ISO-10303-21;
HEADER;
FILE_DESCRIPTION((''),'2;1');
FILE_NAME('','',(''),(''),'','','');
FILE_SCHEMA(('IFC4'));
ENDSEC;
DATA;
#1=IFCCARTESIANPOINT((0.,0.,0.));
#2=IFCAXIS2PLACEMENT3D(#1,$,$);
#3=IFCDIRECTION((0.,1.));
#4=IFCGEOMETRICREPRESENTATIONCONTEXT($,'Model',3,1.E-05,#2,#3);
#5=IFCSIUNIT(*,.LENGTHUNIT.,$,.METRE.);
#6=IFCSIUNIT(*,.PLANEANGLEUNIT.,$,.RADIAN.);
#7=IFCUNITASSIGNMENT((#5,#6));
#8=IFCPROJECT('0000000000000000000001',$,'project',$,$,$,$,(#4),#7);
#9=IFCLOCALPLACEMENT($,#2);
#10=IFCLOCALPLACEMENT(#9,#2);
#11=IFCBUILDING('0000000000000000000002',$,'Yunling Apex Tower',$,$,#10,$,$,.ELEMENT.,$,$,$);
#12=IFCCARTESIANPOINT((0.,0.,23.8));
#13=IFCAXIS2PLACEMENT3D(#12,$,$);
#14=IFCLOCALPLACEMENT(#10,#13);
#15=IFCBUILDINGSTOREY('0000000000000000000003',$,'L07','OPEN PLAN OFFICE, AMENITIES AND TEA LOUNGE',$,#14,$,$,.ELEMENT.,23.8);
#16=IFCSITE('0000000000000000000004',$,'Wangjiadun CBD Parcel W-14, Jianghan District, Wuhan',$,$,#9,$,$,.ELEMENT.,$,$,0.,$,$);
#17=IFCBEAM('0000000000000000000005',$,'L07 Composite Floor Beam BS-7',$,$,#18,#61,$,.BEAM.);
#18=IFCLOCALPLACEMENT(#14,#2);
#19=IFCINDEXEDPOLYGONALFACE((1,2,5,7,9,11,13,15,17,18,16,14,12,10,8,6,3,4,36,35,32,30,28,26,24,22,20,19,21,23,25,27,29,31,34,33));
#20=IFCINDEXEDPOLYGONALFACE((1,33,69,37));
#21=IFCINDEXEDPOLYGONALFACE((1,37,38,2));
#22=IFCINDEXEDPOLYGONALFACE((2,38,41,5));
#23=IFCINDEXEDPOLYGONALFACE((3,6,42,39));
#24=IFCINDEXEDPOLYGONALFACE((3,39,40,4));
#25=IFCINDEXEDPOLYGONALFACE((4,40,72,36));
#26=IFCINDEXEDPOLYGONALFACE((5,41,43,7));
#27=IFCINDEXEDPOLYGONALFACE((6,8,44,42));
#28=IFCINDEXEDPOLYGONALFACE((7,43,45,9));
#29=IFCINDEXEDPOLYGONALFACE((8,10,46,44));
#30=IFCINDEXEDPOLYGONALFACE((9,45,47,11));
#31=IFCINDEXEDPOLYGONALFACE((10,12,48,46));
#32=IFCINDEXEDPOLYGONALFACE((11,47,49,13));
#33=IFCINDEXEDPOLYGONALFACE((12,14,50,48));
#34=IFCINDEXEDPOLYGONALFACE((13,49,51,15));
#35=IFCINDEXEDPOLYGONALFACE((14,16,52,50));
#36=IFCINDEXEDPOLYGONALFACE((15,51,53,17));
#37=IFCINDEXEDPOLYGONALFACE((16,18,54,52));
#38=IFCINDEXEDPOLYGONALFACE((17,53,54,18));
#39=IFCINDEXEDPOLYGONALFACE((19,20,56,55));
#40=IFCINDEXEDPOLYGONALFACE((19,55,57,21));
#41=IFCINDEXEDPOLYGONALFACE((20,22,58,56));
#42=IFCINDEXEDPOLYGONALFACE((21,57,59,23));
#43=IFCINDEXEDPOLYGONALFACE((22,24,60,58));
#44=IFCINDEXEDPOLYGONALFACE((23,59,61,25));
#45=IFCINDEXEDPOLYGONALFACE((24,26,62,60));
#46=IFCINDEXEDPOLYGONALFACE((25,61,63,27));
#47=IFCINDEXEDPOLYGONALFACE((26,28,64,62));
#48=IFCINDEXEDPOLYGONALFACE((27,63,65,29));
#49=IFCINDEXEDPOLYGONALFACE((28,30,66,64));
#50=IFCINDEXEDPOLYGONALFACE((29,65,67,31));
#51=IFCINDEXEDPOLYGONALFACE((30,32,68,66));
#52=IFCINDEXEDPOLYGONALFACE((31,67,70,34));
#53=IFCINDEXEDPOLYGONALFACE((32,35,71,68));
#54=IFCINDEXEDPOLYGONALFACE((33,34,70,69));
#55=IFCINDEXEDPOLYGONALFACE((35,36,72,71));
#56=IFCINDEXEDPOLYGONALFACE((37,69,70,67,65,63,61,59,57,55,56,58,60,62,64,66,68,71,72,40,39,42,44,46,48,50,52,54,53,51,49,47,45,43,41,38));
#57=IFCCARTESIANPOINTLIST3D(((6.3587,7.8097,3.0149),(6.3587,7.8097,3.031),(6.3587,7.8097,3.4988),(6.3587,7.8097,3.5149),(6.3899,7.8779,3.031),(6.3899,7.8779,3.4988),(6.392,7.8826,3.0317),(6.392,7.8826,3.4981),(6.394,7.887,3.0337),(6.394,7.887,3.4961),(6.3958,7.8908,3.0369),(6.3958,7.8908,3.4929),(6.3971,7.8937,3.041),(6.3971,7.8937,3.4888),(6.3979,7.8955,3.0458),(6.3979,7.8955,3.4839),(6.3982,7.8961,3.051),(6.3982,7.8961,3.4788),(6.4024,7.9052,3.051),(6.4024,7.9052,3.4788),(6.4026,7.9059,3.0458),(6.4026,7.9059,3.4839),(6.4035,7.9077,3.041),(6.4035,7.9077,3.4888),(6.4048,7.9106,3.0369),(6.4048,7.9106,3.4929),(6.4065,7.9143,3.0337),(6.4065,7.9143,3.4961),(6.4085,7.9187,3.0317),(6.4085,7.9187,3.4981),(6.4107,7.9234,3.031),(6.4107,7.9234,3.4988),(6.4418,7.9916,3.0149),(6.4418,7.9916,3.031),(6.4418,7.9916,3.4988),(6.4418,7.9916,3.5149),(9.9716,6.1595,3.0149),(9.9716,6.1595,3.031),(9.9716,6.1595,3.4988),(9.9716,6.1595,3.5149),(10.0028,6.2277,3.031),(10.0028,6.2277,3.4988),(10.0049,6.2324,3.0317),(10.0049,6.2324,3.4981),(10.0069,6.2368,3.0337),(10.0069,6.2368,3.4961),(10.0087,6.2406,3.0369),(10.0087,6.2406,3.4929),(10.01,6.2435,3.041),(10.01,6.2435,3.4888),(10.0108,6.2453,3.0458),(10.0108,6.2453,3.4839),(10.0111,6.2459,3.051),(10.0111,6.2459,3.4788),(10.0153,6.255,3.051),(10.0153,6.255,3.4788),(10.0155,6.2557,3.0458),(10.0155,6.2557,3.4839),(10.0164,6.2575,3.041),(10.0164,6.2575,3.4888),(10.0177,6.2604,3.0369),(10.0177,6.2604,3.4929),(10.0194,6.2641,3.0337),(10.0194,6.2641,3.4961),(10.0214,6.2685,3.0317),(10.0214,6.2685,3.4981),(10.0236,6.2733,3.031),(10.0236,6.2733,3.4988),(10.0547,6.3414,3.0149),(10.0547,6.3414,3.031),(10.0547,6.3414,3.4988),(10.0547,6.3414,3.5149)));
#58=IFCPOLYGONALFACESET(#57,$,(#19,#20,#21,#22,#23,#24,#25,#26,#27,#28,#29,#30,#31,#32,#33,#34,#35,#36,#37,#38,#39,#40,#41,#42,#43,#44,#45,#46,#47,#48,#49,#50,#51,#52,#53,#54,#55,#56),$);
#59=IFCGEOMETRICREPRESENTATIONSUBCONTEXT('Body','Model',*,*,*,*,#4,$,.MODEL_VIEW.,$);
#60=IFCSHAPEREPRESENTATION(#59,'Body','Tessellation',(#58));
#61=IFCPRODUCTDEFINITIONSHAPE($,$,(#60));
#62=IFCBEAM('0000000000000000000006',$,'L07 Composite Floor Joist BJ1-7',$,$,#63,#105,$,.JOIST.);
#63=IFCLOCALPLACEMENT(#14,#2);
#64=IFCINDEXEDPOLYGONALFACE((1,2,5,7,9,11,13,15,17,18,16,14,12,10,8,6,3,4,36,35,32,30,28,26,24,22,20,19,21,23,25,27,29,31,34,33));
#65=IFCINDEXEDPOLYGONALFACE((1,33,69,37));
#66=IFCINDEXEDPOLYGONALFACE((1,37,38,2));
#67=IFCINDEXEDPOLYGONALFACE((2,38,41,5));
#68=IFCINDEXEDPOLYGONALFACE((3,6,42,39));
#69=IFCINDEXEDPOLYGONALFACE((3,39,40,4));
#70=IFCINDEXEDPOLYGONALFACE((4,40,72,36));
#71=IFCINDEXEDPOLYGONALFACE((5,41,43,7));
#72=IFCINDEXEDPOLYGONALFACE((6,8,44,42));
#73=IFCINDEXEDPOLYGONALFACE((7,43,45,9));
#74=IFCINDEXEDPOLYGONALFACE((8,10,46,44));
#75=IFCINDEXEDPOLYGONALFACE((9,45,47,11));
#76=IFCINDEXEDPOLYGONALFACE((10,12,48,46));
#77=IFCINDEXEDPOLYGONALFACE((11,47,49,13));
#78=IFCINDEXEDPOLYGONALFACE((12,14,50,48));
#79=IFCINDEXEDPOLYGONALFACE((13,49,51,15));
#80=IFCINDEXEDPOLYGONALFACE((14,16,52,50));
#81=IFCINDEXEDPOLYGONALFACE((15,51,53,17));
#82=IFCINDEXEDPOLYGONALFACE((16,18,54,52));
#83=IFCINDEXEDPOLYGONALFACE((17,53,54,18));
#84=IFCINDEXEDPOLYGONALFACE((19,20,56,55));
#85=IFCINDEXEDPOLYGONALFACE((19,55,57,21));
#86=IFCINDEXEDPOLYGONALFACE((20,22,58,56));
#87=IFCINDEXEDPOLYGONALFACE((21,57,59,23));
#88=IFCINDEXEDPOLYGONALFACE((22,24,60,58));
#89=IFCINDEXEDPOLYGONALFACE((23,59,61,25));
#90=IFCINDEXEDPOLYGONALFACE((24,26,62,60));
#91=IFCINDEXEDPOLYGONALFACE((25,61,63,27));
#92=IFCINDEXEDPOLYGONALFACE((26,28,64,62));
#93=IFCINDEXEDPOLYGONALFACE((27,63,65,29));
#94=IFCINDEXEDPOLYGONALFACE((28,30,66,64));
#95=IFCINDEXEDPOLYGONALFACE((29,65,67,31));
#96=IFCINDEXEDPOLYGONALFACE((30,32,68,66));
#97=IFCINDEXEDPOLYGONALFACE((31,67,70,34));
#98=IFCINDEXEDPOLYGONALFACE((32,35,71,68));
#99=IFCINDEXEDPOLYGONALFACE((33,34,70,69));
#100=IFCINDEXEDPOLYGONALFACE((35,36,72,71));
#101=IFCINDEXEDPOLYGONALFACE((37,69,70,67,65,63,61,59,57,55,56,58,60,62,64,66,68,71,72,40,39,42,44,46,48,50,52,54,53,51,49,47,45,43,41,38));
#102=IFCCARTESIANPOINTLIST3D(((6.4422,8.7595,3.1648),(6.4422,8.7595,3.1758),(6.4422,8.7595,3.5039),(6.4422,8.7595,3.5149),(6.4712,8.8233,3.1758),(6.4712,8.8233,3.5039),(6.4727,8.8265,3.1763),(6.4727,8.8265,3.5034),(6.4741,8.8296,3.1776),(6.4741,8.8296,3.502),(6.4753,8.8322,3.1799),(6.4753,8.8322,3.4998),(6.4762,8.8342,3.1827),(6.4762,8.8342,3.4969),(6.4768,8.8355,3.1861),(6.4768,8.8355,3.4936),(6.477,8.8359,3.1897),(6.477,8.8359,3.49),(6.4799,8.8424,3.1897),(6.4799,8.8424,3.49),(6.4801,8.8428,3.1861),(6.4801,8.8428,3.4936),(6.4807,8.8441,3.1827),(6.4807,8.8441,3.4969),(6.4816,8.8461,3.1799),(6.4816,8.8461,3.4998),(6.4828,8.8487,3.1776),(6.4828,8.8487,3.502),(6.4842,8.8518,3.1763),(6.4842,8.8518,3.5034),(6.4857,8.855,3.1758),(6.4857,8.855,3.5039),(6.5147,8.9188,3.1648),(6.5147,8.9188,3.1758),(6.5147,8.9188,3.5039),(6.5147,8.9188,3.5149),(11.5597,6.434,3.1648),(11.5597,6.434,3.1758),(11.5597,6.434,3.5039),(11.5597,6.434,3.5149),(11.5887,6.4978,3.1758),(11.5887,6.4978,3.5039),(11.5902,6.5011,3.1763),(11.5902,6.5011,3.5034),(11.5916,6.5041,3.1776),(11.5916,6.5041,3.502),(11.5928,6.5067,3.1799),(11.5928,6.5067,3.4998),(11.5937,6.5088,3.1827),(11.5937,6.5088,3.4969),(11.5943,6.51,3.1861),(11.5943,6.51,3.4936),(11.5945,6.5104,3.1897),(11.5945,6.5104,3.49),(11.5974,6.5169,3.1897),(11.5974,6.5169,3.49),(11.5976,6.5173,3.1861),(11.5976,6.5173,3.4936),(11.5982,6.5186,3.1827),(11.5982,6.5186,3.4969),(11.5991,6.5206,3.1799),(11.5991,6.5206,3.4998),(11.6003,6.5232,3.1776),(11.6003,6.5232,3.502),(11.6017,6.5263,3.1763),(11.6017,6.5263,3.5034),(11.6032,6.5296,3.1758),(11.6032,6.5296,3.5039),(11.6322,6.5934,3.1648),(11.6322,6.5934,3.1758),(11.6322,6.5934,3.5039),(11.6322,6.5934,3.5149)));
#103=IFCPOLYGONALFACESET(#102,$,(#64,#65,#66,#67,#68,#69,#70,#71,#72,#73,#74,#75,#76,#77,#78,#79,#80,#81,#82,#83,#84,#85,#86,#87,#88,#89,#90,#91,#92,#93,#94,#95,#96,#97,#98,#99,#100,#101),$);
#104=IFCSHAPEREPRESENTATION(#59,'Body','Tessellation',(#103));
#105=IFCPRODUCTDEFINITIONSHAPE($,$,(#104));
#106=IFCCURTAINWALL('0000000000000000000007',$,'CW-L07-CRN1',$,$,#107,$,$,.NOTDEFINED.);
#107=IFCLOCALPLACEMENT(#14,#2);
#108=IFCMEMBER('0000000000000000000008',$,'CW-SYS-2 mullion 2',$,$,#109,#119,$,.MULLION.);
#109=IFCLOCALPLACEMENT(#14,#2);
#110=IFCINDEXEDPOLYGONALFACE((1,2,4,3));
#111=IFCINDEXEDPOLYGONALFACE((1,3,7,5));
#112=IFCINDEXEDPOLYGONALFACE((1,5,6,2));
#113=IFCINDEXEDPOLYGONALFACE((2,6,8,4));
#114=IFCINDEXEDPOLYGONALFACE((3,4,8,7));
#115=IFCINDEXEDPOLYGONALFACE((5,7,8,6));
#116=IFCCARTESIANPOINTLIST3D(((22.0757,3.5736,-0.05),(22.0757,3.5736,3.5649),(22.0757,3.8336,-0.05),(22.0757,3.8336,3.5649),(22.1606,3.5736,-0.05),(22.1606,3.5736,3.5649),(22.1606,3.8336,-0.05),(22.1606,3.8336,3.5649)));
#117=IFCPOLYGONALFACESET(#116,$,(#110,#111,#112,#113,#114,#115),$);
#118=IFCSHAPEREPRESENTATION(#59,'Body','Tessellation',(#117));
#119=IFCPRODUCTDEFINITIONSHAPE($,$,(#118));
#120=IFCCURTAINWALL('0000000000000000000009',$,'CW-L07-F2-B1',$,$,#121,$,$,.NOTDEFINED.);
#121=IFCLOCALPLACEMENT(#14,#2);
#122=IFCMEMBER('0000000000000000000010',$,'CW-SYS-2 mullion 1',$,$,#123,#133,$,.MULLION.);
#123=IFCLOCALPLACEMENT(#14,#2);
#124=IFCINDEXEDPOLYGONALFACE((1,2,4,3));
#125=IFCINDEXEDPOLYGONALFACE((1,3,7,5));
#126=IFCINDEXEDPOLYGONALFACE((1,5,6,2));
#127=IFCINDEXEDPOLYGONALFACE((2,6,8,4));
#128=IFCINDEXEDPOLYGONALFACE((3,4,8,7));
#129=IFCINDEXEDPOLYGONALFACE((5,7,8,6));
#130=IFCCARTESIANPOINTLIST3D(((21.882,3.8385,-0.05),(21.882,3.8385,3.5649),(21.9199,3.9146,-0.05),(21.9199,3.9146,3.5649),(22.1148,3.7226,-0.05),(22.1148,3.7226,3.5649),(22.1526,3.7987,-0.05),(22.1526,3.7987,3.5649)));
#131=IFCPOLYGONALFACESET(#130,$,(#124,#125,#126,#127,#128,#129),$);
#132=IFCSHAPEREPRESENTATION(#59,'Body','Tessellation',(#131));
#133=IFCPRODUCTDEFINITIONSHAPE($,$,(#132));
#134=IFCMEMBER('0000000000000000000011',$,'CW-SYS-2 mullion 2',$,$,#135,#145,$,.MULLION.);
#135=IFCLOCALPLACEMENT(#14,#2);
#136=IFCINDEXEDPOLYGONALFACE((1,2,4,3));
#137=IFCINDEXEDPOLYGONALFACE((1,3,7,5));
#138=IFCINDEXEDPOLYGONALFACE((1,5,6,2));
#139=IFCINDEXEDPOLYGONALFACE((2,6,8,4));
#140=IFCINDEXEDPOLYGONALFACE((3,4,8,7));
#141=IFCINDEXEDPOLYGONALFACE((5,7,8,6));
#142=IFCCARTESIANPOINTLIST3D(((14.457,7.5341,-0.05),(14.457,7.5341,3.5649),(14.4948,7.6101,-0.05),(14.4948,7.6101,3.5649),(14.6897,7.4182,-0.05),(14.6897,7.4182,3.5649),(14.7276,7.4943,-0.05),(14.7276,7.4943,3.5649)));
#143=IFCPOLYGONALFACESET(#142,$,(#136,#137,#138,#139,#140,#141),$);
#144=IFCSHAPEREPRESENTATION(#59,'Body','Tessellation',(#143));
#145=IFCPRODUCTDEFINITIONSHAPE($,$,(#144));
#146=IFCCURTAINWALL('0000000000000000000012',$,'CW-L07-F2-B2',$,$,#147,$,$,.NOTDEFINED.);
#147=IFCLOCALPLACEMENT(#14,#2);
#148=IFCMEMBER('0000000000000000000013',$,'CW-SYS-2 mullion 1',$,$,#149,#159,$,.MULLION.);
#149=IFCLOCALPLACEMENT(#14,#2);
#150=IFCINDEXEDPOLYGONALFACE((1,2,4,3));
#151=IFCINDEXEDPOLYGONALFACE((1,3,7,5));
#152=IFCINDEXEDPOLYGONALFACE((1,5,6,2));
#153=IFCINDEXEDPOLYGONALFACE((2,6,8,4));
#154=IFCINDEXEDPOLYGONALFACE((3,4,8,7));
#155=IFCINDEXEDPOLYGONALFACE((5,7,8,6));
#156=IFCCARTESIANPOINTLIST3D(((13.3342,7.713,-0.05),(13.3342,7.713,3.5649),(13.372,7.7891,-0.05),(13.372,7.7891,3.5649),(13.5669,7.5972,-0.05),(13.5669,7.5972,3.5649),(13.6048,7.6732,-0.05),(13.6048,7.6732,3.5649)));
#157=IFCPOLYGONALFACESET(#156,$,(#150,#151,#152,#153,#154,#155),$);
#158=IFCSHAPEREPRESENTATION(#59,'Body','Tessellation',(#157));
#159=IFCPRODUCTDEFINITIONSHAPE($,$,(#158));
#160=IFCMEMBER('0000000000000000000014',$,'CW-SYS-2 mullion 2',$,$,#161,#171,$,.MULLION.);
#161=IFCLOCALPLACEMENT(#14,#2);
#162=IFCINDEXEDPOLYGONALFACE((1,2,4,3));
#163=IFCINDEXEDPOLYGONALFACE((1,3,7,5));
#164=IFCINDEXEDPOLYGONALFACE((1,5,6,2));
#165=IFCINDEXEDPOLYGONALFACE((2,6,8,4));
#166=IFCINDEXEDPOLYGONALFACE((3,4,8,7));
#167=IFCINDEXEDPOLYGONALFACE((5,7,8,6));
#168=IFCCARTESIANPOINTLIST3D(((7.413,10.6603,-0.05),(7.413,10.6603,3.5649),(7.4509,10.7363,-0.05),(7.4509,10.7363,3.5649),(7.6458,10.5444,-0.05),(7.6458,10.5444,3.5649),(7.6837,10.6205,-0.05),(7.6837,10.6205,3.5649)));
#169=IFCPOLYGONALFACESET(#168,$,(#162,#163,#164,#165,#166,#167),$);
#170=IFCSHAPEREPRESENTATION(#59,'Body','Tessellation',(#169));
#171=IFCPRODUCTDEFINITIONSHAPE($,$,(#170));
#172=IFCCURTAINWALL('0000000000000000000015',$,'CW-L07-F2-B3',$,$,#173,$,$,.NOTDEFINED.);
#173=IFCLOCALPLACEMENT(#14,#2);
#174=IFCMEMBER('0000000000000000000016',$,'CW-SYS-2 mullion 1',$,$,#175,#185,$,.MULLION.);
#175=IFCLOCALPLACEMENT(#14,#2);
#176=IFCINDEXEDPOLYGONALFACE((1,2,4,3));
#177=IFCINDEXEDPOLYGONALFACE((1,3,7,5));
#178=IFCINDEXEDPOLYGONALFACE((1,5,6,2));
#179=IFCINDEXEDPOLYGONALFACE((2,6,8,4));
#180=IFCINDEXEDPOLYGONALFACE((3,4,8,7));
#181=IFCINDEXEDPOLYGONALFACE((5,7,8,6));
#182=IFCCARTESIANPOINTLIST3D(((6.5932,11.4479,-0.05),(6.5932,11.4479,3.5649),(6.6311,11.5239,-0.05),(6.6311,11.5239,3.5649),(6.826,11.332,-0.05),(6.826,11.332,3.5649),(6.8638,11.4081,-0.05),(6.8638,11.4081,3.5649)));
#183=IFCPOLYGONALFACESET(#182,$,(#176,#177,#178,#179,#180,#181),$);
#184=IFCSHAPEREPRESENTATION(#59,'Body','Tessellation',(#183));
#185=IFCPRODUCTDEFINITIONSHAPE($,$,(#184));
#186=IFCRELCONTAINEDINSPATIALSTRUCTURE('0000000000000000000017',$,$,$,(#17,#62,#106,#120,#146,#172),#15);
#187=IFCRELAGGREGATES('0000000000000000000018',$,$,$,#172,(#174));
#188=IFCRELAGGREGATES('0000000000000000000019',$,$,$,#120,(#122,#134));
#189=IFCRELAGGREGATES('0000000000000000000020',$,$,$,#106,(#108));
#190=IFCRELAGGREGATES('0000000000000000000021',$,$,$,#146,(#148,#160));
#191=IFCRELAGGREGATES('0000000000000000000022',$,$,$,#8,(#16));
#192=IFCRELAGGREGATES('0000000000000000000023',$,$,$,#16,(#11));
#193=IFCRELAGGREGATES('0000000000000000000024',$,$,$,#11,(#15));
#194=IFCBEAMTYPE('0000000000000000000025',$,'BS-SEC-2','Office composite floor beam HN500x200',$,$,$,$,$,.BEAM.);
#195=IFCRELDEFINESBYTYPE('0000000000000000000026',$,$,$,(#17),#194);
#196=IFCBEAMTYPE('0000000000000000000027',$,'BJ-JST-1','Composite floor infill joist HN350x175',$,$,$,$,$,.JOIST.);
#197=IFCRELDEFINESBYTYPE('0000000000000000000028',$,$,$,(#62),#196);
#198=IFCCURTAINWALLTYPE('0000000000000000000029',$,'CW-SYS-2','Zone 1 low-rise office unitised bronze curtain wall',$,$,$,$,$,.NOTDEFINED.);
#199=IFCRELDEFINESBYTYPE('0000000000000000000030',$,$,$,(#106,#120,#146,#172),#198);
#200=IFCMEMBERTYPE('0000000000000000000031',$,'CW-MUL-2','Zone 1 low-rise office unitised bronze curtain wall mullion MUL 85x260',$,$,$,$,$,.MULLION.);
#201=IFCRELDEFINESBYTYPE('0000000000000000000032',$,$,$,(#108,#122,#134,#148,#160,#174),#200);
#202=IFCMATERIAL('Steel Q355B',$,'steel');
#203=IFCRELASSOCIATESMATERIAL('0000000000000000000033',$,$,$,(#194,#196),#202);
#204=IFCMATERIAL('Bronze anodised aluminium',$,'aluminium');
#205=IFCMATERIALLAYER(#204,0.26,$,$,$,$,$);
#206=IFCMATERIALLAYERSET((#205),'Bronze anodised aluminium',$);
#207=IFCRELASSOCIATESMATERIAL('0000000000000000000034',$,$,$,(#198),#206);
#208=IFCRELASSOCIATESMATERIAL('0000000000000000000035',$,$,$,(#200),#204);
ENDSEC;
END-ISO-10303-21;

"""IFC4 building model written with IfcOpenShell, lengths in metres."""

from ifc_helpers import new_model, si_unit, direction, frame, origin, origin_2d, place, context, subcontext, project, spatial, rectangle, i_section, extrude, source, transform, mapped, material, layer, layer_set, material_profile, profile_set, type_object, element, aggregate, save


model = new_model("IFC4")

# Units and contexts
model_context = context("Model", 3, precision=1e-05, world=origin(), true_north=direction((0.0, 1.0)))
body_context = subcontext(model_context, "Body", "Model", "MODEL_VIEW")
ifc_project = project(units=[si_unit("LENGTHUNIT", "METRE"), si_unit("PLANEANGLEUNIT", "RADIAN")], contexts=[model_context])

# Site, building, storey
site_placement = place(None, origin())
site = spatial("IfcSite", under=ifc_project, at=site_placement, Name="Wangjiadun CBD Parcel W-14, Jianghan District, Wuhan", CompositionType="ELEMENT", RefElevation=0.0)
building_placement = place(site_placement, origin())
building = spatial("IfcBuilding", under=site, at=building_placement, Name="Yunling Apex Tower", CompositionType="ELEMENT")
storey_placement = place(building_placement, frame((0.0, 0.0, 23.8)))
storey = spatial("IfcBuildingStorey", under=building, at=storey_placement, Name="L07", Description="OPEN PLAN OFFICE, AMENITIES AND TEA LOUNGE", CompositionType="ELEMENT", Elevation=23.8)

# Beams
ifc_material_1 = material(Name="Steel Q355B", Category="steel")
ifc_material_profile_1 = material_profile(ifc_material_1, i_section(OverallWidth=0.2, OverallDepth=0.5, WebThickness=0.01, FlangeThickness=0.0161, FilletRadius=0.02, at=origin_2d()))
ifc_profile_set_1 = profile_set([ifc_material_profile_1], Name="Steel Q355B")
beam_type_1 = type_object("IfcBeamType", Name="BS-SEC-2", Description="Office composite floor beam HN500x200", PredefinedType="BEAM", material=ifc_profile_set_1)
ifc_material_profile_2 = material_profile(ifc_material_1, i_section(OverallWidth=0.175, OverallDepth=0.3501, WebThickness=0.0071, FlangeThickness=0.011, FilletRadius=0.0139, at=origin_2d()))
ifc_profile_set_2 = profile_set([ifc_material_profile_2], Name="Steel Q355B")
beam_type_2 = type_object("IfcBeamType", Name="BJ-JST-1", Description="Composite floor infill joist HN350x175", PredefinedType="JOIST", material=ifc_profile_set_2)
shared_shape_1 = source(origin(), body_context, "Body", "SweptSolid", [
    extrude(i_section(OverallWidth=0.2, OverallDepth=0.5, WebThickness=0.01, FlangeThickness=0.0161, FilletRadius=0.02, at=origin_2d()), origin(), (0.0, 0.0, 1.0), 3.9719),
])
beam_1_placement = place(storey_placement, frame((10.0132, 6.2505, 3.2649), z_axis=(-0.909609, 0.415465, 0.0), x_axis=(-0.415465, -0.909609, 0.0)))
element("IfcBeam", 1, at=beam_1_placement, inside=storey, type_object=beam_type_1, Name="L07 Composite Floor Beam BS-7", PredefinedType="BEAM", context=body_context, shape_type="MappedRepresentation", body=[
    mapped(shared_shape_1, transform((0.0, 0.0, 0.0), scale=1.0)),
])
shared_shape_2 = source(origin(), body_context, "Body", "SweptSolid", [
    extrude(i_section(OverallWidth=0.175, OverallDepth=0.3501, WebThickness=0.0071, FlangeThickness=0.011, FilletRadius=0.0139, at=origin_2d()), origin(), (0.0, 0.0, 1.0), 5.6211),
])
beam_2_placement = place(storey_placement, frame((11.5959, 6.5137, 3.3398), z_axis=(-0.910411, 0.413705, 0.0), x_axis=(-0.413705, -0.910411, 0.0)))
element("IfcBeam", 2, at=beam_2_placement, inside=storey, type_object=beam_type_2, Name="L07 Composite Floor Joist BJ1-7", PredefinedType="JOIST", context=body_context, shape_type="MappedRepresentation", body=[
    mapped(shared_shape_2, transform((0.0, 0.0, 0.0), scale=1.0)),
])

# Curtain wall, member
ifc_material_2 = material(Name="Bronze anodised aluminium", Category="aluminium")
ifc_layer_1 = layer(ifc_material_2, 0.26)
ifc_layer_set_1 = layer_set([ifc_layer_1], Name="Bronze anodised aluminium")
curtain_wall_type = type_object("IfcCurtainWallType", Name="CW-SYS-2", Description="Zone 1 low-rise office unitised bronze curtain wall", PredefinedType="NOTDEFINED", material=ifc_layer_set_1)
curtain_wall_1_placement = place(storey_placement, origin())
curtain_wall_1 = element("IfcCurtainWall", 3, at=curtain_wall_1_placement, inside=storey, type_object=curtain_wall_type, Name="CW-L07-CRN1", PredefinedType="NOTDEFINED")
ifc_material_profile_3 = material_profile(ifc_material_2, rectangle(XDim=0.085, YDim=0.26, at=origin_2d()))
ifc_profile_set_3 = profile_set([ifc_material_profile_3], Name="Bronze anodised aluminium")
member_type_1 = type_object("IfcMemberType", Name="CW-MUL-2", Description="Zone 1 low-rise office unitised bronze curtain wall mullion MUL 85x260", PredefinedType="MULLION", material=ifc_profile_set_3)
shared_shape_3 = source(origin(), body_context, "Body", "SweptSolid", [
    extrude(rectangle(XDim=0.085, YDim=0.26, at=origin_2d()), origin(), (0.0, 0.0, 1.0), 3.615),
])
member_1_placement = place(storey_placement, frame((22.1182, 3.7036, -0.05), z_axis=(0.0, 0.0, 1.0), x_axis=(-1.0, 0.0, 0.0)))
member_1 = element("IfcMember", 4, at=member_1_placement, type_object=member_type_1, Name="CW-SYS-2 mullion 2", PredefinedType="MULLION", context=body_context, shape_type="MappedRepresentation", body=[
    mapped(shared_shape_3, transform((0.0, 0.0, 0.0), scale=1.0)),
])

# Curtain walls, members
curtain_wall_2_placement = place(storey_placement, origin())
curtain_wall_2 = element("IfcCurtainWall", 5, at=curtain_wall_2_placement, inside=storey, type_object=curtain_wall_type, Name="CW-L07-F2-B1", PredefinedType="NOTDEFINED")
member_2_placement = place(storey_placement, frame((22.0173, 3.8186, -0.05), z_axis=(0.0, 0.0, 1.0), x_axis=(-0.44558, -0.895242, 0.0)))
member_2 = element("IfcMember", 6, at=member_2_placement, type_object=member_type_1, Name="CW-SYS-2 mullion 1", PredefinedType="MULLION", context=body_context, shape_type="MappedRepresentation", body=[
    mapped(shared_shape_3, transform((0.0, 0.0, 0.0), scale=1.0)),
])
member_3_placement = place(storey_placement, frame((14.5923, 7.5142, -0.05), z_axis=(0.0, 0.0, 1.0), x_axis=(-0.44558, -0.895242, 0.0)))
member_3 = element("IfcMember", 7, at=member_3_placement, type_object=member_type_1, Name="CW-SYS-2 mullion 2", PredefinedType="MULLION", context=body_context, shape_type="MappedRepresentation", body=[
    mapped(shared_shape_3, transform((0.0, 0.0, 0.0), scale=1.0)),
])
curtain_wall_3_placement = place(storey_placement, origin())
curtain_wall_3 = element("IfcCurtainWall", 8, at=curtain_wall_3_placement, inside=storey, type_object=curtain_wall_type, Name="CW-L07-F2-B2", PredefinedType="NOTDEFINED")
member_4_placement = place(storey_placement, frame((13.4695, 7.6931, -0.05), z_axis=(0.0, 0.0, 1.0), x_axis=(-0.445577, -0.895244, 0.0)))
member_4 = element("IfcMember", 9, at=member_4_placement, type_object=member_type_1, Name="CW-SYS-2 mullion 1", PredefinedType="MULLION", context=body_context, shape_type="MappedRepresentation", body=[
    mapped(shared_shape_3, transform((0.0, 0.0, 0.0), scale=1.0)),
])
member_5_placement = place(storey_placement, frame((7.5483, 10.6404, -0.05), z_axis=(0.0, 0.0, 1.0), x_axis=(-0.445577, -0.895244, 0.0)))
member_5 = element("IfcMember", 10, at=member_5_placement, type_object=member_type_1, Name="CW-SYS-2 mullion 2", PredefinedType="MULLION", context=body_context, shape_type="MappedRepresentation", body=[
    mapped(shared_shape_3, transform((0.0, 0.0, 0.0), scale=1.0)),
])
curtain_wall_4_placement = place(storey_placement, origin())
curtain_wall_4 = element("IfcCurtainWall", 11, at=curtain_wall_4_placement, inside=storey, type_object=curtain_wall_type, Name="CW-L07-F2-B3", PredefinedType="NOTDEFINED")
member_6_placement = place(storey_placement, frame((6.7285, 11.428, -0.05), z_axis=(0.0, 0.0, 1.0), x_axis=(-0.44558, -0.895242, 0.0)))
member_6 = element("IfcMember", 12, at=member_6_placement, type_object=member_type_1, Name="CW-SYS-2 mullion 1", PredefinedType="MULLION", context=body_context, shape_type="MappedRepresentation", body=[
    mapped(shared_shape_3, transform((0.0, 0.0, 0.0), scale=1.0)),
])
aggregate(curtain_wall_4, [member_6])

aggregate(curtain_wall_2, [member_2, member_3])
aggregate(curtain_wall_1, [member_1])
aggregate(curtain_wall_3, [member_4, member_5])

save(model, "model.ifc")
